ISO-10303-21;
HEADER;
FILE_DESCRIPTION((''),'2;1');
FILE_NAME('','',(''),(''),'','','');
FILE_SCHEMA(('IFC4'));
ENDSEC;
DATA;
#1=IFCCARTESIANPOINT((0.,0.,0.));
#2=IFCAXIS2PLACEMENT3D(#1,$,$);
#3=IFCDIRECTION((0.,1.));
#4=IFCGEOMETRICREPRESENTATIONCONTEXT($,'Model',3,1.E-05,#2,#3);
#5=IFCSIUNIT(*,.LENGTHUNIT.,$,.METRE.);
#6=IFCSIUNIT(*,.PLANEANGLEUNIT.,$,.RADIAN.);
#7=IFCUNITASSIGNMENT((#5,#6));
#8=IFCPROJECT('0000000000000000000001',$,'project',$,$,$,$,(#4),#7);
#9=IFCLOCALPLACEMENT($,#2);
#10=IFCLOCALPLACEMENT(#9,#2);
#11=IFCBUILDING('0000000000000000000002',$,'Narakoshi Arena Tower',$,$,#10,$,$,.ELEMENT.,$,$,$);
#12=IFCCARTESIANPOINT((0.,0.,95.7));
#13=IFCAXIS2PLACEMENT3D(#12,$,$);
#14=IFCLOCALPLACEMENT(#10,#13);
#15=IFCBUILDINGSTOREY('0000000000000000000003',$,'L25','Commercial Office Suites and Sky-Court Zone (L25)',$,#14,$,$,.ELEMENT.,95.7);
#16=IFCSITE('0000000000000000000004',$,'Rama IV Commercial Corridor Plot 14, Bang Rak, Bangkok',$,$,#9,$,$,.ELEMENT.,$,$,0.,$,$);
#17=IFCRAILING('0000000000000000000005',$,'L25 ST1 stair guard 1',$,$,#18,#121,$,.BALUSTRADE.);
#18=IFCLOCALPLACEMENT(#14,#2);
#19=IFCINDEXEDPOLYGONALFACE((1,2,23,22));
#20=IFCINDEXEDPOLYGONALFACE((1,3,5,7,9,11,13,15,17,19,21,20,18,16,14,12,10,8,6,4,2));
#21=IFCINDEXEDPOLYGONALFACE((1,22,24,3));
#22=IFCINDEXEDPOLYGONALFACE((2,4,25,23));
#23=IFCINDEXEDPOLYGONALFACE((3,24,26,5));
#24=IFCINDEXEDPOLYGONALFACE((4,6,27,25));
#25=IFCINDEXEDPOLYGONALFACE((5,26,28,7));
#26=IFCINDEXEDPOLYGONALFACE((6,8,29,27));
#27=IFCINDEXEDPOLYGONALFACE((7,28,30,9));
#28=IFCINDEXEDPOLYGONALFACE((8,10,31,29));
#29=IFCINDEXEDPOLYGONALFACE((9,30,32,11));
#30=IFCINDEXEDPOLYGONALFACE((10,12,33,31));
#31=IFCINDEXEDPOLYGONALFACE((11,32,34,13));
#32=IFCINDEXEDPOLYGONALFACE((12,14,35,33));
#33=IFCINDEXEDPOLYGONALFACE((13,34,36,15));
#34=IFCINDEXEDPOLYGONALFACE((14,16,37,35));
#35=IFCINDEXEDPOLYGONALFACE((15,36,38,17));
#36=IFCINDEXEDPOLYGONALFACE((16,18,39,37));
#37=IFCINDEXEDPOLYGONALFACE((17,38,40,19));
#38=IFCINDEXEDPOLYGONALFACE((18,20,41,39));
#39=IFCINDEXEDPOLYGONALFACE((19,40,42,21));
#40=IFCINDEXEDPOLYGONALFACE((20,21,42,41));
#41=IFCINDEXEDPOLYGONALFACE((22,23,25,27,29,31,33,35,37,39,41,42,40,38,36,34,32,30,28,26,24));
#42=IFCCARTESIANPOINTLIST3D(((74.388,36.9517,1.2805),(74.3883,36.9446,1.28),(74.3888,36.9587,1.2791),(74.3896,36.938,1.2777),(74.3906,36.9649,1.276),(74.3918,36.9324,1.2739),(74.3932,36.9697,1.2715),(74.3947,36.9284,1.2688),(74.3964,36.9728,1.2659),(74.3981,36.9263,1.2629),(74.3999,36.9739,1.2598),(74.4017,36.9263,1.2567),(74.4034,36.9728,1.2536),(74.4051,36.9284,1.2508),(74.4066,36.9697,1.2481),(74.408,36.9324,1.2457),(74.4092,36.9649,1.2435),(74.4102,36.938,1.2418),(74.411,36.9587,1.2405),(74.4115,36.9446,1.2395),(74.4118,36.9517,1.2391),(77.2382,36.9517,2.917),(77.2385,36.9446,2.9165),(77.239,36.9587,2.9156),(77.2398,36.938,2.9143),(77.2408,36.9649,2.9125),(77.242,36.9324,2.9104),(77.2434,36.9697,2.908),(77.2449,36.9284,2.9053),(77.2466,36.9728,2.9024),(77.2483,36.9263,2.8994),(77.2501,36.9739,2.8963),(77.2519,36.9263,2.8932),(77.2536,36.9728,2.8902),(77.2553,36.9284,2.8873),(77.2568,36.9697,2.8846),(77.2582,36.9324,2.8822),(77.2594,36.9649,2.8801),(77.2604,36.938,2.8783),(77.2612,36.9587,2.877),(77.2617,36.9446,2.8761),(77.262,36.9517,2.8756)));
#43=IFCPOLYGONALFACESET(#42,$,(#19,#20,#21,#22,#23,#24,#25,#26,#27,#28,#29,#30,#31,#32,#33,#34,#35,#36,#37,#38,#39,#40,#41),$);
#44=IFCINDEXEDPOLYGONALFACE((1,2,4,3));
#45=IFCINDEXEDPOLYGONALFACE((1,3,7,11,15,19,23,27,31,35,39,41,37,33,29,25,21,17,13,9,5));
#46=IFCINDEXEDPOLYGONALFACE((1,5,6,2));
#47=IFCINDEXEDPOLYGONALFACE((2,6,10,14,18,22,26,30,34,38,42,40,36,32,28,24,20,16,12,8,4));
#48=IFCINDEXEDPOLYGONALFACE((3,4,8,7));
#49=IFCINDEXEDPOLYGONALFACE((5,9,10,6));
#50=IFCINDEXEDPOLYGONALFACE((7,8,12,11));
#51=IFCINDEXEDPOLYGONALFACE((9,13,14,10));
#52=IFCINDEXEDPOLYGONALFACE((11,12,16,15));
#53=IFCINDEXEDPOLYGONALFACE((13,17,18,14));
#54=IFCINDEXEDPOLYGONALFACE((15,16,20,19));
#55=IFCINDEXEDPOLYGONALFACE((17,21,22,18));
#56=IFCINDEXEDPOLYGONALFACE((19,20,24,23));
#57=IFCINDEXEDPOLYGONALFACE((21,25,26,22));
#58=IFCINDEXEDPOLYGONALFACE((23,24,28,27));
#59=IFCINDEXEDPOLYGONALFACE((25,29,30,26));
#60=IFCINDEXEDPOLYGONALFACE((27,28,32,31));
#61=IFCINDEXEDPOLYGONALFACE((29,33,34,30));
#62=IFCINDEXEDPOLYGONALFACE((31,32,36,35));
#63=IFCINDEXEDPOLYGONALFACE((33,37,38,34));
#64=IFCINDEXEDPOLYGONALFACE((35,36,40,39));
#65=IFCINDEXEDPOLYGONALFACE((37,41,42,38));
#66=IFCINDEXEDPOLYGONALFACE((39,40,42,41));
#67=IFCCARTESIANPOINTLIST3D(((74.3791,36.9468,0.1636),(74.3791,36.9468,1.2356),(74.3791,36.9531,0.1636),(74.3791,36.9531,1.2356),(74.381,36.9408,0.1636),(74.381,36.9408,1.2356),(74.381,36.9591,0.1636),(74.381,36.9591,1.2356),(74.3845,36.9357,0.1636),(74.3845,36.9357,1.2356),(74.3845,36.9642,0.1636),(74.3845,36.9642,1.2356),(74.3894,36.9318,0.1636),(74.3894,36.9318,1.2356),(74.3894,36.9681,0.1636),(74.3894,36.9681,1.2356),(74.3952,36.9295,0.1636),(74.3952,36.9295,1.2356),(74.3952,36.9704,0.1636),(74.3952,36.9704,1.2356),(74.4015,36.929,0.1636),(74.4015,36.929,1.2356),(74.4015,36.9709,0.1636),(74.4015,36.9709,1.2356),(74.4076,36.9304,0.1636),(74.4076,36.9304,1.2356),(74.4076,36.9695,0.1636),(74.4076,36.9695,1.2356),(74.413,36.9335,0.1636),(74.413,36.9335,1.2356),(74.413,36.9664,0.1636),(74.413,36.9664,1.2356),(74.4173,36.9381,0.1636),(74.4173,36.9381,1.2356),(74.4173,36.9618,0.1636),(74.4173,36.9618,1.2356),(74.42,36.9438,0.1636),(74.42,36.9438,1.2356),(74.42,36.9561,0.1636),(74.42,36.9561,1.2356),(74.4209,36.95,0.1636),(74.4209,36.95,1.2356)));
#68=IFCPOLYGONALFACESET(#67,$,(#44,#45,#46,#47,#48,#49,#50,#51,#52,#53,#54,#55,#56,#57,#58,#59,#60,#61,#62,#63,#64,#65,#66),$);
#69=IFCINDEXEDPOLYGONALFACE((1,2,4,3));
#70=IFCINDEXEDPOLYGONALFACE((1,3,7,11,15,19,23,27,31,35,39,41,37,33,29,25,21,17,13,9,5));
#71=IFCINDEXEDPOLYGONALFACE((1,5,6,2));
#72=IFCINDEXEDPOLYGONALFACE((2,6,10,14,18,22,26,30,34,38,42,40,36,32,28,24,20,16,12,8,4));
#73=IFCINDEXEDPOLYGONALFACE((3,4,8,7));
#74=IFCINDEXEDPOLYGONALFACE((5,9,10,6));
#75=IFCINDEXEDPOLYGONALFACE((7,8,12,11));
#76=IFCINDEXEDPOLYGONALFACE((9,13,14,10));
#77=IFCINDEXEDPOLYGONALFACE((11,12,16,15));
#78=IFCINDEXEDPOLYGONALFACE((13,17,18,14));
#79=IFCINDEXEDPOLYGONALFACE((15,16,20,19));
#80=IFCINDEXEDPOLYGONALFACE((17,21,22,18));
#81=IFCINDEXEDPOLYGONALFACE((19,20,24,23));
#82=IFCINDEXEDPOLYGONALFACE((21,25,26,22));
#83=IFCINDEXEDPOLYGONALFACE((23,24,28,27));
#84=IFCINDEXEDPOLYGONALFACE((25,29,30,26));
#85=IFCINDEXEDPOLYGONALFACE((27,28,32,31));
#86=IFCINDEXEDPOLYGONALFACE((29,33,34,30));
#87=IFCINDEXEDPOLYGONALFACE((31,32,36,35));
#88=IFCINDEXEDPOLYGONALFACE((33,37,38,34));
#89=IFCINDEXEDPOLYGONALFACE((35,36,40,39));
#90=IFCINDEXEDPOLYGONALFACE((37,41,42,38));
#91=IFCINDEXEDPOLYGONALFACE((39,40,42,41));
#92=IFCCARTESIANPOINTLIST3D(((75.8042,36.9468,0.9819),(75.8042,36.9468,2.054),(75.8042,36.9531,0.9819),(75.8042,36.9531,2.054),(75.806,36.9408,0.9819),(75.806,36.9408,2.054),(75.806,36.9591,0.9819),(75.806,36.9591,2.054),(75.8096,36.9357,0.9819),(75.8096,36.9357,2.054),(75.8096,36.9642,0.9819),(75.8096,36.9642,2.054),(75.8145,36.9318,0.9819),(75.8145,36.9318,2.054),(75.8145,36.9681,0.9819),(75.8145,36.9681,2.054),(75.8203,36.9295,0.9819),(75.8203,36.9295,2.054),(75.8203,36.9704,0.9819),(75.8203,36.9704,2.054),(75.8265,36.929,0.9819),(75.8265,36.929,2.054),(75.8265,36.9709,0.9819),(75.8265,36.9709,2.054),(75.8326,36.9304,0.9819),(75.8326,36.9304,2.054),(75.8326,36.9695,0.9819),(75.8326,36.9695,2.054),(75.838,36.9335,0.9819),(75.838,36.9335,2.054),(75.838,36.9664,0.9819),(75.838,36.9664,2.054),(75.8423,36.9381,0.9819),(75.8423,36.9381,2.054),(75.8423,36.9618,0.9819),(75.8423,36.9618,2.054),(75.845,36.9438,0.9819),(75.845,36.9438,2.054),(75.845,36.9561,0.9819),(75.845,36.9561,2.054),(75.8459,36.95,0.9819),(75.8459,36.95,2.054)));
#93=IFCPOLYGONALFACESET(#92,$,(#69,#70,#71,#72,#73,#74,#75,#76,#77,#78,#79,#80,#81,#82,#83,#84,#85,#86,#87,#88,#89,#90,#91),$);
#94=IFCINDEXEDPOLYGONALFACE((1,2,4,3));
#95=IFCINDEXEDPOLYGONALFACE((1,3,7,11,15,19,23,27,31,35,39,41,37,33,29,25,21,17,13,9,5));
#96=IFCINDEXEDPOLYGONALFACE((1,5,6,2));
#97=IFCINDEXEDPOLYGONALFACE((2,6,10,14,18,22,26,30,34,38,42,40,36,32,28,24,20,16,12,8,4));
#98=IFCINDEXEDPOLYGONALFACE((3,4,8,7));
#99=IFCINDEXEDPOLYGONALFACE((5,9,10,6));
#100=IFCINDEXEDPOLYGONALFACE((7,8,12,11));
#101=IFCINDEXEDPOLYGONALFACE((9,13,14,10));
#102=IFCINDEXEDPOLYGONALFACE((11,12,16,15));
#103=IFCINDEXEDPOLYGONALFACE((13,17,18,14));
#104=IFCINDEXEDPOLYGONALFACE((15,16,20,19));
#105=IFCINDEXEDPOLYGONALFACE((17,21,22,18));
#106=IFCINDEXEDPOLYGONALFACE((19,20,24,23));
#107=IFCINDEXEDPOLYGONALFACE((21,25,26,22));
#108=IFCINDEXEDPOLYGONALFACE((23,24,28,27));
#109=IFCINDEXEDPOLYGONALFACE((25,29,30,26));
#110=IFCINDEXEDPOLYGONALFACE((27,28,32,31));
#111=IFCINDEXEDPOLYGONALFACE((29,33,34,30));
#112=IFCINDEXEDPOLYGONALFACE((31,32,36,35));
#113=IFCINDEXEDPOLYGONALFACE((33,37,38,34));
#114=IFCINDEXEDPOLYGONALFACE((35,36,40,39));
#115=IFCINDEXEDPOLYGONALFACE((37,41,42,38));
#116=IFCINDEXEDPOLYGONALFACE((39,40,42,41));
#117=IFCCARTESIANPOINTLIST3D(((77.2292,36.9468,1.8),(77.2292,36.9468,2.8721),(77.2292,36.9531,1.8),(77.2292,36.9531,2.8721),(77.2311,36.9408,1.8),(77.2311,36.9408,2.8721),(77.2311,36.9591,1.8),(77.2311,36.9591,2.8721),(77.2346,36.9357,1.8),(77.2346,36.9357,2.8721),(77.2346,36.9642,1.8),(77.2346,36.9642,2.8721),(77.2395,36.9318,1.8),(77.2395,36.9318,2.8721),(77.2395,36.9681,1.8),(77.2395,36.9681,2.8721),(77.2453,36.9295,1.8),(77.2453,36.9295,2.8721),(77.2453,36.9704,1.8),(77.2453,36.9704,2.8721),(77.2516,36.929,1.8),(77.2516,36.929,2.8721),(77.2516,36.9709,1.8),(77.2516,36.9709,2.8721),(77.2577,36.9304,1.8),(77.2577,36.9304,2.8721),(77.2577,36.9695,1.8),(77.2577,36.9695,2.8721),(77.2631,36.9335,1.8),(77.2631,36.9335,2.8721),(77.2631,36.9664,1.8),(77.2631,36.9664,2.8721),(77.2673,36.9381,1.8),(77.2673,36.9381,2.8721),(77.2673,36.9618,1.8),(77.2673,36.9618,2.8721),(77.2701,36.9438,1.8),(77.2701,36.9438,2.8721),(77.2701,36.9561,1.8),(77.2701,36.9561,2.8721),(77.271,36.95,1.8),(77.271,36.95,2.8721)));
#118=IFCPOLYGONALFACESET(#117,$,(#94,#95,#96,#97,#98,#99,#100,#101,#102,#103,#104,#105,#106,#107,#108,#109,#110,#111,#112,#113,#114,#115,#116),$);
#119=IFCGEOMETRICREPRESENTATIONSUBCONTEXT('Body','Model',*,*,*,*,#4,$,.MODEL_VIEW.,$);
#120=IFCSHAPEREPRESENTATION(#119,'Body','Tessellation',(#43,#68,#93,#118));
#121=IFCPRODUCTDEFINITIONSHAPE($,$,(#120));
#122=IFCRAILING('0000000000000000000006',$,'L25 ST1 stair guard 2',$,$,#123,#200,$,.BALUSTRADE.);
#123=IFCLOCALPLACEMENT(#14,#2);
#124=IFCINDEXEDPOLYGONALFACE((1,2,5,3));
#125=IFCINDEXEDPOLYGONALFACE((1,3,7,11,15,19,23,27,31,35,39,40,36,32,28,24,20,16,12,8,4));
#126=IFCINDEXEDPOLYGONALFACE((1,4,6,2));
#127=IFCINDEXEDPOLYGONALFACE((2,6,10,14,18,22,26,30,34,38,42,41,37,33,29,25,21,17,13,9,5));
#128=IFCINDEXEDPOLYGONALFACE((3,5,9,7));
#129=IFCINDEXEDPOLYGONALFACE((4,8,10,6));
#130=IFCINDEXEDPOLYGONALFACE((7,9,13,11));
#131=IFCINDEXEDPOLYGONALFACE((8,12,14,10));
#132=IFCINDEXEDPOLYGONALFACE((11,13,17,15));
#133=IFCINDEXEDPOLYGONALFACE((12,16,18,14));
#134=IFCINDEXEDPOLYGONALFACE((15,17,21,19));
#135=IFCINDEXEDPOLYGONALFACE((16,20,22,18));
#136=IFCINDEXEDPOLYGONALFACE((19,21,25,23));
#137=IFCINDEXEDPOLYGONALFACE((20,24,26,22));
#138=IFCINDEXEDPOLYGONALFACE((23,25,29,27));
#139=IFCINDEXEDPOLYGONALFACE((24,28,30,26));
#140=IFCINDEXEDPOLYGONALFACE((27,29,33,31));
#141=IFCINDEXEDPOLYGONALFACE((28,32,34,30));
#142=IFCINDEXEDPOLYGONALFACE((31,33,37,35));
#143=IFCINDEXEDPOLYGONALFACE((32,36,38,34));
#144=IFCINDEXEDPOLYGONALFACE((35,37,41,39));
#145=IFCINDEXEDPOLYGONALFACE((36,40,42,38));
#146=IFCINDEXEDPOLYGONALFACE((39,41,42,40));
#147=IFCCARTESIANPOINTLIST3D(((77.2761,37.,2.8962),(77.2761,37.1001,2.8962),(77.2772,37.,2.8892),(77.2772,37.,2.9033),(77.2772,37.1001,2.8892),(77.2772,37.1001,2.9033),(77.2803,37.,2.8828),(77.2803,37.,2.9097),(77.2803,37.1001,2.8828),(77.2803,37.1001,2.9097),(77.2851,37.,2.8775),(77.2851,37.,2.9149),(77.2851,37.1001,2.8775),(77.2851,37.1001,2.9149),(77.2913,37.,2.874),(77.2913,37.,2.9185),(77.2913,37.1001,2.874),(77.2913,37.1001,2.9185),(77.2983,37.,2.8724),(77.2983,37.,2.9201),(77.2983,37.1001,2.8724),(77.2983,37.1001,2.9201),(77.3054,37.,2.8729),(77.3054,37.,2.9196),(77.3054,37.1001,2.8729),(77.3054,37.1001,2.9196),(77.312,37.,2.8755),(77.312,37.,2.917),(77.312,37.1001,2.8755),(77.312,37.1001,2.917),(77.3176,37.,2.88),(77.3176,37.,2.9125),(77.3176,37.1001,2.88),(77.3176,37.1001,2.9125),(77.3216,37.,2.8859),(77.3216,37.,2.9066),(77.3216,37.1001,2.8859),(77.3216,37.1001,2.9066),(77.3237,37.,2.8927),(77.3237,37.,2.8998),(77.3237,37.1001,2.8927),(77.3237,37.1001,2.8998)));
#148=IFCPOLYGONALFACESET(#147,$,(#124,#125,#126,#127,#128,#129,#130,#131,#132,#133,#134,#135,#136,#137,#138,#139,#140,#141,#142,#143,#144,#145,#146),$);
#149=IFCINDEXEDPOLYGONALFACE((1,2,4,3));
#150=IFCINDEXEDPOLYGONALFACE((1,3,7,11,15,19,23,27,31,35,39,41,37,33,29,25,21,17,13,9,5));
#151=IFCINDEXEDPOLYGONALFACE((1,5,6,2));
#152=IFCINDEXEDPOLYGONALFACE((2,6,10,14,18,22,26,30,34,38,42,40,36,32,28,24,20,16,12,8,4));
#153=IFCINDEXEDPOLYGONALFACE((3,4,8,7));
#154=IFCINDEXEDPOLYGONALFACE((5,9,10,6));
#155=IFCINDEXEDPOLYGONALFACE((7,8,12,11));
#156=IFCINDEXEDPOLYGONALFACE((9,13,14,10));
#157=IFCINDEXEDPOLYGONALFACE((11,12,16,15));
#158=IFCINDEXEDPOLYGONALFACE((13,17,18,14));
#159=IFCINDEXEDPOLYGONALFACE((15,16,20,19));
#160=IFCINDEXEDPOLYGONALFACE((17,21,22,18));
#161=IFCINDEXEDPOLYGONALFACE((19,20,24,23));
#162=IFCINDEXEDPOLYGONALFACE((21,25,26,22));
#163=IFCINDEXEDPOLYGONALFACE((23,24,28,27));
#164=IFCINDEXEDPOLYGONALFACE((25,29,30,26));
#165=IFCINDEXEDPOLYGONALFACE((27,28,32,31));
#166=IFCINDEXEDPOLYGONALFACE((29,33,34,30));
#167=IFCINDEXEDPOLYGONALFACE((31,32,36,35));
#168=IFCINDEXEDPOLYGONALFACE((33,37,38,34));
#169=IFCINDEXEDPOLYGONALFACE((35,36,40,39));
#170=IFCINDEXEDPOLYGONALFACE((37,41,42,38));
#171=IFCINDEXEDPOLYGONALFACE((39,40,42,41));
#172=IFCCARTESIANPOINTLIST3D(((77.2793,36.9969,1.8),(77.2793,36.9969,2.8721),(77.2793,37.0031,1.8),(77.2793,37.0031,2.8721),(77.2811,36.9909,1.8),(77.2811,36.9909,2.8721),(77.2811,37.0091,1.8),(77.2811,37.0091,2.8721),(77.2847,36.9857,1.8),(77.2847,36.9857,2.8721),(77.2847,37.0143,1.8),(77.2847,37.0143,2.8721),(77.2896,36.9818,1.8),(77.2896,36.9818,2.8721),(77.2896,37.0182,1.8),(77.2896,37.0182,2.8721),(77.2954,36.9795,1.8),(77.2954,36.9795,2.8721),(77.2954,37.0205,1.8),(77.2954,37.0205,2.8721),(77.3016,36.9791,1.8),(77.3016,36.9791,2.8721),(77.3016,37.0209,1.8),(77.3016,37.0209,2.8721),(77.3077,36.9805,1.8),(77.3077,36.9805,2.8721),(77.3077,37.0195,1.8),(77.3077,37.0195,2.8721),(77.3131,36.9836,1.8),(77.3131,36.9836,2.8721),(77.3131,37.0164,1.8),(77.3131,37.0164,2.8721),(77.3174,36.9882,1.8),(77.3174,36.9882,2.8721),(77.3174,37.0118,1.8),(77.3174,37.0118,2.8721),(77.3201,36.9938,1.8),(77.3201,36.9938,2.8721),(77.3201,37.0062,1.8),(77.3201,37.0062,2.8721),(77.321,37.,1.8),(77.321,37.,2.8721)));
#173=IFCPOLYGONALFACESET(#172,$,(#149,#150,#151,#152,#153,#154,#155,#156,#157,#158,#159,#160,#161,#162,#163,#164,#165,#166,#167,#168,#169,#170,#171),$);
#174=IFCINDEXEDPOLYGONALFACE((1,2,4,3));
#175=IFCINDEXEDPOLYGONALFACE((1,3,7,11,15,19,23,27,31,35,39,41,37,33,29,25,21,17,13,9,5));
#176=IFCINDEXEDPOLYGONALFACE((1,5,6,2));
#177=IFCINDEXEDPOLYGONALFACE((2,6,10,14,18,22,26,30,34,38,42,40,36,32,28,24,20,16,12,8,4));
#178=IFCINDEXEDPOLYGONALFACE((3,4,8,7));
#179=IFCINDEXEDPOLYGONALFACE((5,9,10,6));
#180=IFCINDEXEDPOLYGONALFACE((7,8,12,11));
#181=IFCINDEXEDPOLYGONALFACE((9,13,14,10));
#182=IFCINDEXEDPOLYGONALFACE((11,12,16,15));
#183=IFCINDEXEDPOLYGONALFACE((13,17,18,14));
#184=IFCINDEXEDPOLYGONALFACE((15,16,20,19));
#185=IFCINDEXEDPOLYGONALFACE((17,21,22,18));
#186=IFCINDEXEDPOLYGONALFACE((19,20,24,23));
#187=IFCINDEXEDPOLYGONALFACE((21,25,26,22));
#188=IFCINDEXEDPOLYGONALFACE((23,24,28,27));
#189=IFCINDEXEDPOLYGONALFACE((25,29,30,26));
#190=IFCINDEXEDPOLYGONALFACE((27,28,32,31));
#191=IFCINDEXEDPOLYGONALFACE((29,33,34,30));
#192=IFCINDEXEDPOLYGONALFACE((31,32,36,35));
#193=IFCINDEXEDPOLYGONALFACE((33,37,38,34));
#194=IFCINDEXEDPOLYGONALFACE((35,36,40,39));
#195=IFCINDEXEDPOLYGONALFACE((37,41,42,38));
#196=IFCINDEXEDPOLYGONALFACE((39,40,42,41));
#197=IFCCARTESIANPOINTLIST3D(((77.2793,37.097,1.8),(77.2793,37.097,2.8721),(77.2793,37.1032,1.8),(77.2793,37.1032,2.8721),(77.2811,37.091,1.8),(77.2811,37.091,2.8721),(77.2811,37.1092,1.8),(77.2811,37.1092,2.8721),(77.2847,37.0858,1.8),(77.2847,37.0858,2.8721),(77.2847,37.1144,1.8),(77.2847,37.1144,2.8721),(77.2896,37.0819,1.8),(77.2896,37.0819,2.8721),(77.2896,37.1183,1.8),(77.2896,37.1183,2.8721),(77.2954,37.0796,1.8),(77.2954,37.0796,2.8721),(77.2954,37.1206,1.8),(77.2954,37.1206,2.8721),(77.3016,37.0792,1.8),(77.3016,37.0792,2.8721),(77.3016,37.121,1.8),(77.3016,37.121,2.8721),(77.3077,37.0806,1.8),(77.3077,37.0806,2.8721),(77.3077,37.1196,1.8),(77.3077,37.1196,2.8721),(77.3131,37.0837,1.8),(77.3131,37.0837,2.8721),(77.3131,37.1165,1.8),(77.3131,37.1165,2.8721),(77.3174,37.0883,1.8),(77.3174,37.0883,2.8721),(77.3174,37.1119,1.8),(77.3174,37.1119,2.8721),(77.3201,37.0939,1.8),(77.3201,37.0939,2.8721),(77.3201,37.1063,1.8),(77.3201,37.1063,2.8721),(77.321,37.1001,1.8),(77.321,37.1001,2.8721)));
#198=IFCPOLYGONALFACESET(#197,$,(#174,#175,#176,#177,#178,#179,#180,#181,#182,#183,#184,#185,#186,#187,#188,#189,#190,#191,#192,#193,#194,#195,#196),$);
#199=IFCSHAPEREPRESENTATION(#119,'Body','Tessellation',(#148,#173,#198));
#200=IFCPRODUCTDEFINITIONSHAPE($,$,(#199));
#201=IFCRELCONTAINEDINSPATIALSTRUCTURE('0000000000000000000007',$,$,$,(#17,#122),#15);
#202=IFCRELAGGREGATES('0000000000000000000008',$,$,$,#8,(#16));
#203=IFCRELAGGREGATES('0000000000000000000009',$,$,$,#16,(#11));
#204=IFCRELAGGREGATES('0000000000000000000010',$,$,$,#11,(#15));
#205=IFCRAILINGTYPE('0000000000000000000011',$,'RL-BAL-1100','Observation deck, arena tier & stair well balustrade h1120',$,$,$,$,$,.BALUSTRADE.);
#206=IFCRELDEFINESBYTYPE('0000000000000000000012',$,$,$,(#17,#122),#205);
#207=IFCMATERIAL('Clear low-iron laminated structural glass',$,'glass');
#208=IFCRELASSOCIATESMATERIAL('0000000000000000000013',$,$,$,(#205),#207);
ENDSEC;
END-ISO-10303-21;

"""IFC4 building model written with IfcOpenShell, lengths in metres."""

from ifc_helpers import new_model, si_unit, direction, frame, origin, origin_2d, place, context, subcontext, project, spatial, circle, extrude, material, type_object, element, save


model = new_model("IFC4")

# Units and contexts
model_context = context("Model", 3, precision=1e-05, world=origin(), true_north=direction((0.0, 1.0)))
body_context = subcontext(model_context, "Body", "Model", "MODEL_VIEW")
ifc_project = project(units=[si_unit("LENGTHUNIT", "METRE"), si_unit("PLANEANGLEUNIT", "RADIAN")], contexts=[model_context])

# Site, building, storey
site_placement = place(None, origin())
site = spatial("IfcSite", under=ifc_project, at=site_placement, Name="Rama IV Commercial Corridor Plot 14, Bang Rak, Bangkok", CompositionType="ELEMENT", RefElevation=0.0)
building_placement = place(site_placement, origin())
building = spatial("IfcBuilding", under=site, at=building_placement, Name="Narakoshi Arena Tower", CompositionType="ELEMENT")
storey_placement = place(building_placement, frame((0.0, 0.0, 95.7)))
storey = spatial("IfcBuildingStorey", under=building, at=storey_placement, Name="L25", Description="Commercial Office Suites and Sky-Court Zone (L25)", CompositionType="ELEMENT", Elevation=95.7)

# Railings
ifc_material_1 = material(Name="Clear low-iron laminated structural glass", Category="glass")
railing_type_1 = type_object("IfcRailingType", Name="RL-BAL-1100", Description="Observation deck, arena tier & stair well balustrade h1120", PredefinedType="BALUSTRADE", material=ifc_material_1)
railing_1_placement = place(storey_placement, frame((74.3999, 36.95, 0.1636)))
element("IfcRailing", 1, at=railing_1_placement, inside=storey, type_object=railing_type_1, Name="L25 ST1 stair guard 1", PredefinedType="BALUSTRADE", context=body_context, shape_type="SweptSolid", body=[
    extrude(circle(Radius=0.0239, at=origin_2d()), frame((0.0, 0.0, 1.0962), z_axis=(0.867213, 0.0, 0.497938), x_axis=(0.0, 1.0, 0.0)), (0.0, 0.0, 1.0), 3.2866),
    extrude(circle(Radius=0.021, at=origin_2d()), origin(), (0.0, 0.0, 1.0), 1.072),
    extrude(circle(Radius=0.021, at=origin_2d()), frame((1.425, 0.0, 0.8184)), (0.0, 0.0, 1.0), 1.072),
    extrude(circle(Radius=0.021, at=origin_2d()), frame((2.8501, 0.0, 1.6365)), (0.0, 0.0, 1.0), 1.072),
])
railing_2_placement = place(storey_placement, frame((77.3, 37.0, 1.8)))
element("IfcRailing", 2, at=railing_2_placement, inside=storey, type_object=railing_type_1, Name="L25 ST1 stair guard 2", PredefinedType="BALUSTRADE", context=body_context, shape_type="SweptSolid", body=[
    extrude(circle(Radius=0.0239, at=origin_2d()), frame((0.0, 0.0, 1.0962), z_axis=(0.0, 1.0, 0.0), x_axis=(-1.0, 0.0, 0.0)), (0.0, 0.0, 1.0), 0.1001),
    extrude(circle(Radius=0.021, at=origin_2d()), origin(), (0.0, 0.0, 1.0), 1.072),
    extrude(circle(Radius=0.021, at=origin_2d()), frame((0.0, 0.1001, 0.0)), (0.0, 0.0, 1.0), 1.072),
])

save(model, "model.ifc")
